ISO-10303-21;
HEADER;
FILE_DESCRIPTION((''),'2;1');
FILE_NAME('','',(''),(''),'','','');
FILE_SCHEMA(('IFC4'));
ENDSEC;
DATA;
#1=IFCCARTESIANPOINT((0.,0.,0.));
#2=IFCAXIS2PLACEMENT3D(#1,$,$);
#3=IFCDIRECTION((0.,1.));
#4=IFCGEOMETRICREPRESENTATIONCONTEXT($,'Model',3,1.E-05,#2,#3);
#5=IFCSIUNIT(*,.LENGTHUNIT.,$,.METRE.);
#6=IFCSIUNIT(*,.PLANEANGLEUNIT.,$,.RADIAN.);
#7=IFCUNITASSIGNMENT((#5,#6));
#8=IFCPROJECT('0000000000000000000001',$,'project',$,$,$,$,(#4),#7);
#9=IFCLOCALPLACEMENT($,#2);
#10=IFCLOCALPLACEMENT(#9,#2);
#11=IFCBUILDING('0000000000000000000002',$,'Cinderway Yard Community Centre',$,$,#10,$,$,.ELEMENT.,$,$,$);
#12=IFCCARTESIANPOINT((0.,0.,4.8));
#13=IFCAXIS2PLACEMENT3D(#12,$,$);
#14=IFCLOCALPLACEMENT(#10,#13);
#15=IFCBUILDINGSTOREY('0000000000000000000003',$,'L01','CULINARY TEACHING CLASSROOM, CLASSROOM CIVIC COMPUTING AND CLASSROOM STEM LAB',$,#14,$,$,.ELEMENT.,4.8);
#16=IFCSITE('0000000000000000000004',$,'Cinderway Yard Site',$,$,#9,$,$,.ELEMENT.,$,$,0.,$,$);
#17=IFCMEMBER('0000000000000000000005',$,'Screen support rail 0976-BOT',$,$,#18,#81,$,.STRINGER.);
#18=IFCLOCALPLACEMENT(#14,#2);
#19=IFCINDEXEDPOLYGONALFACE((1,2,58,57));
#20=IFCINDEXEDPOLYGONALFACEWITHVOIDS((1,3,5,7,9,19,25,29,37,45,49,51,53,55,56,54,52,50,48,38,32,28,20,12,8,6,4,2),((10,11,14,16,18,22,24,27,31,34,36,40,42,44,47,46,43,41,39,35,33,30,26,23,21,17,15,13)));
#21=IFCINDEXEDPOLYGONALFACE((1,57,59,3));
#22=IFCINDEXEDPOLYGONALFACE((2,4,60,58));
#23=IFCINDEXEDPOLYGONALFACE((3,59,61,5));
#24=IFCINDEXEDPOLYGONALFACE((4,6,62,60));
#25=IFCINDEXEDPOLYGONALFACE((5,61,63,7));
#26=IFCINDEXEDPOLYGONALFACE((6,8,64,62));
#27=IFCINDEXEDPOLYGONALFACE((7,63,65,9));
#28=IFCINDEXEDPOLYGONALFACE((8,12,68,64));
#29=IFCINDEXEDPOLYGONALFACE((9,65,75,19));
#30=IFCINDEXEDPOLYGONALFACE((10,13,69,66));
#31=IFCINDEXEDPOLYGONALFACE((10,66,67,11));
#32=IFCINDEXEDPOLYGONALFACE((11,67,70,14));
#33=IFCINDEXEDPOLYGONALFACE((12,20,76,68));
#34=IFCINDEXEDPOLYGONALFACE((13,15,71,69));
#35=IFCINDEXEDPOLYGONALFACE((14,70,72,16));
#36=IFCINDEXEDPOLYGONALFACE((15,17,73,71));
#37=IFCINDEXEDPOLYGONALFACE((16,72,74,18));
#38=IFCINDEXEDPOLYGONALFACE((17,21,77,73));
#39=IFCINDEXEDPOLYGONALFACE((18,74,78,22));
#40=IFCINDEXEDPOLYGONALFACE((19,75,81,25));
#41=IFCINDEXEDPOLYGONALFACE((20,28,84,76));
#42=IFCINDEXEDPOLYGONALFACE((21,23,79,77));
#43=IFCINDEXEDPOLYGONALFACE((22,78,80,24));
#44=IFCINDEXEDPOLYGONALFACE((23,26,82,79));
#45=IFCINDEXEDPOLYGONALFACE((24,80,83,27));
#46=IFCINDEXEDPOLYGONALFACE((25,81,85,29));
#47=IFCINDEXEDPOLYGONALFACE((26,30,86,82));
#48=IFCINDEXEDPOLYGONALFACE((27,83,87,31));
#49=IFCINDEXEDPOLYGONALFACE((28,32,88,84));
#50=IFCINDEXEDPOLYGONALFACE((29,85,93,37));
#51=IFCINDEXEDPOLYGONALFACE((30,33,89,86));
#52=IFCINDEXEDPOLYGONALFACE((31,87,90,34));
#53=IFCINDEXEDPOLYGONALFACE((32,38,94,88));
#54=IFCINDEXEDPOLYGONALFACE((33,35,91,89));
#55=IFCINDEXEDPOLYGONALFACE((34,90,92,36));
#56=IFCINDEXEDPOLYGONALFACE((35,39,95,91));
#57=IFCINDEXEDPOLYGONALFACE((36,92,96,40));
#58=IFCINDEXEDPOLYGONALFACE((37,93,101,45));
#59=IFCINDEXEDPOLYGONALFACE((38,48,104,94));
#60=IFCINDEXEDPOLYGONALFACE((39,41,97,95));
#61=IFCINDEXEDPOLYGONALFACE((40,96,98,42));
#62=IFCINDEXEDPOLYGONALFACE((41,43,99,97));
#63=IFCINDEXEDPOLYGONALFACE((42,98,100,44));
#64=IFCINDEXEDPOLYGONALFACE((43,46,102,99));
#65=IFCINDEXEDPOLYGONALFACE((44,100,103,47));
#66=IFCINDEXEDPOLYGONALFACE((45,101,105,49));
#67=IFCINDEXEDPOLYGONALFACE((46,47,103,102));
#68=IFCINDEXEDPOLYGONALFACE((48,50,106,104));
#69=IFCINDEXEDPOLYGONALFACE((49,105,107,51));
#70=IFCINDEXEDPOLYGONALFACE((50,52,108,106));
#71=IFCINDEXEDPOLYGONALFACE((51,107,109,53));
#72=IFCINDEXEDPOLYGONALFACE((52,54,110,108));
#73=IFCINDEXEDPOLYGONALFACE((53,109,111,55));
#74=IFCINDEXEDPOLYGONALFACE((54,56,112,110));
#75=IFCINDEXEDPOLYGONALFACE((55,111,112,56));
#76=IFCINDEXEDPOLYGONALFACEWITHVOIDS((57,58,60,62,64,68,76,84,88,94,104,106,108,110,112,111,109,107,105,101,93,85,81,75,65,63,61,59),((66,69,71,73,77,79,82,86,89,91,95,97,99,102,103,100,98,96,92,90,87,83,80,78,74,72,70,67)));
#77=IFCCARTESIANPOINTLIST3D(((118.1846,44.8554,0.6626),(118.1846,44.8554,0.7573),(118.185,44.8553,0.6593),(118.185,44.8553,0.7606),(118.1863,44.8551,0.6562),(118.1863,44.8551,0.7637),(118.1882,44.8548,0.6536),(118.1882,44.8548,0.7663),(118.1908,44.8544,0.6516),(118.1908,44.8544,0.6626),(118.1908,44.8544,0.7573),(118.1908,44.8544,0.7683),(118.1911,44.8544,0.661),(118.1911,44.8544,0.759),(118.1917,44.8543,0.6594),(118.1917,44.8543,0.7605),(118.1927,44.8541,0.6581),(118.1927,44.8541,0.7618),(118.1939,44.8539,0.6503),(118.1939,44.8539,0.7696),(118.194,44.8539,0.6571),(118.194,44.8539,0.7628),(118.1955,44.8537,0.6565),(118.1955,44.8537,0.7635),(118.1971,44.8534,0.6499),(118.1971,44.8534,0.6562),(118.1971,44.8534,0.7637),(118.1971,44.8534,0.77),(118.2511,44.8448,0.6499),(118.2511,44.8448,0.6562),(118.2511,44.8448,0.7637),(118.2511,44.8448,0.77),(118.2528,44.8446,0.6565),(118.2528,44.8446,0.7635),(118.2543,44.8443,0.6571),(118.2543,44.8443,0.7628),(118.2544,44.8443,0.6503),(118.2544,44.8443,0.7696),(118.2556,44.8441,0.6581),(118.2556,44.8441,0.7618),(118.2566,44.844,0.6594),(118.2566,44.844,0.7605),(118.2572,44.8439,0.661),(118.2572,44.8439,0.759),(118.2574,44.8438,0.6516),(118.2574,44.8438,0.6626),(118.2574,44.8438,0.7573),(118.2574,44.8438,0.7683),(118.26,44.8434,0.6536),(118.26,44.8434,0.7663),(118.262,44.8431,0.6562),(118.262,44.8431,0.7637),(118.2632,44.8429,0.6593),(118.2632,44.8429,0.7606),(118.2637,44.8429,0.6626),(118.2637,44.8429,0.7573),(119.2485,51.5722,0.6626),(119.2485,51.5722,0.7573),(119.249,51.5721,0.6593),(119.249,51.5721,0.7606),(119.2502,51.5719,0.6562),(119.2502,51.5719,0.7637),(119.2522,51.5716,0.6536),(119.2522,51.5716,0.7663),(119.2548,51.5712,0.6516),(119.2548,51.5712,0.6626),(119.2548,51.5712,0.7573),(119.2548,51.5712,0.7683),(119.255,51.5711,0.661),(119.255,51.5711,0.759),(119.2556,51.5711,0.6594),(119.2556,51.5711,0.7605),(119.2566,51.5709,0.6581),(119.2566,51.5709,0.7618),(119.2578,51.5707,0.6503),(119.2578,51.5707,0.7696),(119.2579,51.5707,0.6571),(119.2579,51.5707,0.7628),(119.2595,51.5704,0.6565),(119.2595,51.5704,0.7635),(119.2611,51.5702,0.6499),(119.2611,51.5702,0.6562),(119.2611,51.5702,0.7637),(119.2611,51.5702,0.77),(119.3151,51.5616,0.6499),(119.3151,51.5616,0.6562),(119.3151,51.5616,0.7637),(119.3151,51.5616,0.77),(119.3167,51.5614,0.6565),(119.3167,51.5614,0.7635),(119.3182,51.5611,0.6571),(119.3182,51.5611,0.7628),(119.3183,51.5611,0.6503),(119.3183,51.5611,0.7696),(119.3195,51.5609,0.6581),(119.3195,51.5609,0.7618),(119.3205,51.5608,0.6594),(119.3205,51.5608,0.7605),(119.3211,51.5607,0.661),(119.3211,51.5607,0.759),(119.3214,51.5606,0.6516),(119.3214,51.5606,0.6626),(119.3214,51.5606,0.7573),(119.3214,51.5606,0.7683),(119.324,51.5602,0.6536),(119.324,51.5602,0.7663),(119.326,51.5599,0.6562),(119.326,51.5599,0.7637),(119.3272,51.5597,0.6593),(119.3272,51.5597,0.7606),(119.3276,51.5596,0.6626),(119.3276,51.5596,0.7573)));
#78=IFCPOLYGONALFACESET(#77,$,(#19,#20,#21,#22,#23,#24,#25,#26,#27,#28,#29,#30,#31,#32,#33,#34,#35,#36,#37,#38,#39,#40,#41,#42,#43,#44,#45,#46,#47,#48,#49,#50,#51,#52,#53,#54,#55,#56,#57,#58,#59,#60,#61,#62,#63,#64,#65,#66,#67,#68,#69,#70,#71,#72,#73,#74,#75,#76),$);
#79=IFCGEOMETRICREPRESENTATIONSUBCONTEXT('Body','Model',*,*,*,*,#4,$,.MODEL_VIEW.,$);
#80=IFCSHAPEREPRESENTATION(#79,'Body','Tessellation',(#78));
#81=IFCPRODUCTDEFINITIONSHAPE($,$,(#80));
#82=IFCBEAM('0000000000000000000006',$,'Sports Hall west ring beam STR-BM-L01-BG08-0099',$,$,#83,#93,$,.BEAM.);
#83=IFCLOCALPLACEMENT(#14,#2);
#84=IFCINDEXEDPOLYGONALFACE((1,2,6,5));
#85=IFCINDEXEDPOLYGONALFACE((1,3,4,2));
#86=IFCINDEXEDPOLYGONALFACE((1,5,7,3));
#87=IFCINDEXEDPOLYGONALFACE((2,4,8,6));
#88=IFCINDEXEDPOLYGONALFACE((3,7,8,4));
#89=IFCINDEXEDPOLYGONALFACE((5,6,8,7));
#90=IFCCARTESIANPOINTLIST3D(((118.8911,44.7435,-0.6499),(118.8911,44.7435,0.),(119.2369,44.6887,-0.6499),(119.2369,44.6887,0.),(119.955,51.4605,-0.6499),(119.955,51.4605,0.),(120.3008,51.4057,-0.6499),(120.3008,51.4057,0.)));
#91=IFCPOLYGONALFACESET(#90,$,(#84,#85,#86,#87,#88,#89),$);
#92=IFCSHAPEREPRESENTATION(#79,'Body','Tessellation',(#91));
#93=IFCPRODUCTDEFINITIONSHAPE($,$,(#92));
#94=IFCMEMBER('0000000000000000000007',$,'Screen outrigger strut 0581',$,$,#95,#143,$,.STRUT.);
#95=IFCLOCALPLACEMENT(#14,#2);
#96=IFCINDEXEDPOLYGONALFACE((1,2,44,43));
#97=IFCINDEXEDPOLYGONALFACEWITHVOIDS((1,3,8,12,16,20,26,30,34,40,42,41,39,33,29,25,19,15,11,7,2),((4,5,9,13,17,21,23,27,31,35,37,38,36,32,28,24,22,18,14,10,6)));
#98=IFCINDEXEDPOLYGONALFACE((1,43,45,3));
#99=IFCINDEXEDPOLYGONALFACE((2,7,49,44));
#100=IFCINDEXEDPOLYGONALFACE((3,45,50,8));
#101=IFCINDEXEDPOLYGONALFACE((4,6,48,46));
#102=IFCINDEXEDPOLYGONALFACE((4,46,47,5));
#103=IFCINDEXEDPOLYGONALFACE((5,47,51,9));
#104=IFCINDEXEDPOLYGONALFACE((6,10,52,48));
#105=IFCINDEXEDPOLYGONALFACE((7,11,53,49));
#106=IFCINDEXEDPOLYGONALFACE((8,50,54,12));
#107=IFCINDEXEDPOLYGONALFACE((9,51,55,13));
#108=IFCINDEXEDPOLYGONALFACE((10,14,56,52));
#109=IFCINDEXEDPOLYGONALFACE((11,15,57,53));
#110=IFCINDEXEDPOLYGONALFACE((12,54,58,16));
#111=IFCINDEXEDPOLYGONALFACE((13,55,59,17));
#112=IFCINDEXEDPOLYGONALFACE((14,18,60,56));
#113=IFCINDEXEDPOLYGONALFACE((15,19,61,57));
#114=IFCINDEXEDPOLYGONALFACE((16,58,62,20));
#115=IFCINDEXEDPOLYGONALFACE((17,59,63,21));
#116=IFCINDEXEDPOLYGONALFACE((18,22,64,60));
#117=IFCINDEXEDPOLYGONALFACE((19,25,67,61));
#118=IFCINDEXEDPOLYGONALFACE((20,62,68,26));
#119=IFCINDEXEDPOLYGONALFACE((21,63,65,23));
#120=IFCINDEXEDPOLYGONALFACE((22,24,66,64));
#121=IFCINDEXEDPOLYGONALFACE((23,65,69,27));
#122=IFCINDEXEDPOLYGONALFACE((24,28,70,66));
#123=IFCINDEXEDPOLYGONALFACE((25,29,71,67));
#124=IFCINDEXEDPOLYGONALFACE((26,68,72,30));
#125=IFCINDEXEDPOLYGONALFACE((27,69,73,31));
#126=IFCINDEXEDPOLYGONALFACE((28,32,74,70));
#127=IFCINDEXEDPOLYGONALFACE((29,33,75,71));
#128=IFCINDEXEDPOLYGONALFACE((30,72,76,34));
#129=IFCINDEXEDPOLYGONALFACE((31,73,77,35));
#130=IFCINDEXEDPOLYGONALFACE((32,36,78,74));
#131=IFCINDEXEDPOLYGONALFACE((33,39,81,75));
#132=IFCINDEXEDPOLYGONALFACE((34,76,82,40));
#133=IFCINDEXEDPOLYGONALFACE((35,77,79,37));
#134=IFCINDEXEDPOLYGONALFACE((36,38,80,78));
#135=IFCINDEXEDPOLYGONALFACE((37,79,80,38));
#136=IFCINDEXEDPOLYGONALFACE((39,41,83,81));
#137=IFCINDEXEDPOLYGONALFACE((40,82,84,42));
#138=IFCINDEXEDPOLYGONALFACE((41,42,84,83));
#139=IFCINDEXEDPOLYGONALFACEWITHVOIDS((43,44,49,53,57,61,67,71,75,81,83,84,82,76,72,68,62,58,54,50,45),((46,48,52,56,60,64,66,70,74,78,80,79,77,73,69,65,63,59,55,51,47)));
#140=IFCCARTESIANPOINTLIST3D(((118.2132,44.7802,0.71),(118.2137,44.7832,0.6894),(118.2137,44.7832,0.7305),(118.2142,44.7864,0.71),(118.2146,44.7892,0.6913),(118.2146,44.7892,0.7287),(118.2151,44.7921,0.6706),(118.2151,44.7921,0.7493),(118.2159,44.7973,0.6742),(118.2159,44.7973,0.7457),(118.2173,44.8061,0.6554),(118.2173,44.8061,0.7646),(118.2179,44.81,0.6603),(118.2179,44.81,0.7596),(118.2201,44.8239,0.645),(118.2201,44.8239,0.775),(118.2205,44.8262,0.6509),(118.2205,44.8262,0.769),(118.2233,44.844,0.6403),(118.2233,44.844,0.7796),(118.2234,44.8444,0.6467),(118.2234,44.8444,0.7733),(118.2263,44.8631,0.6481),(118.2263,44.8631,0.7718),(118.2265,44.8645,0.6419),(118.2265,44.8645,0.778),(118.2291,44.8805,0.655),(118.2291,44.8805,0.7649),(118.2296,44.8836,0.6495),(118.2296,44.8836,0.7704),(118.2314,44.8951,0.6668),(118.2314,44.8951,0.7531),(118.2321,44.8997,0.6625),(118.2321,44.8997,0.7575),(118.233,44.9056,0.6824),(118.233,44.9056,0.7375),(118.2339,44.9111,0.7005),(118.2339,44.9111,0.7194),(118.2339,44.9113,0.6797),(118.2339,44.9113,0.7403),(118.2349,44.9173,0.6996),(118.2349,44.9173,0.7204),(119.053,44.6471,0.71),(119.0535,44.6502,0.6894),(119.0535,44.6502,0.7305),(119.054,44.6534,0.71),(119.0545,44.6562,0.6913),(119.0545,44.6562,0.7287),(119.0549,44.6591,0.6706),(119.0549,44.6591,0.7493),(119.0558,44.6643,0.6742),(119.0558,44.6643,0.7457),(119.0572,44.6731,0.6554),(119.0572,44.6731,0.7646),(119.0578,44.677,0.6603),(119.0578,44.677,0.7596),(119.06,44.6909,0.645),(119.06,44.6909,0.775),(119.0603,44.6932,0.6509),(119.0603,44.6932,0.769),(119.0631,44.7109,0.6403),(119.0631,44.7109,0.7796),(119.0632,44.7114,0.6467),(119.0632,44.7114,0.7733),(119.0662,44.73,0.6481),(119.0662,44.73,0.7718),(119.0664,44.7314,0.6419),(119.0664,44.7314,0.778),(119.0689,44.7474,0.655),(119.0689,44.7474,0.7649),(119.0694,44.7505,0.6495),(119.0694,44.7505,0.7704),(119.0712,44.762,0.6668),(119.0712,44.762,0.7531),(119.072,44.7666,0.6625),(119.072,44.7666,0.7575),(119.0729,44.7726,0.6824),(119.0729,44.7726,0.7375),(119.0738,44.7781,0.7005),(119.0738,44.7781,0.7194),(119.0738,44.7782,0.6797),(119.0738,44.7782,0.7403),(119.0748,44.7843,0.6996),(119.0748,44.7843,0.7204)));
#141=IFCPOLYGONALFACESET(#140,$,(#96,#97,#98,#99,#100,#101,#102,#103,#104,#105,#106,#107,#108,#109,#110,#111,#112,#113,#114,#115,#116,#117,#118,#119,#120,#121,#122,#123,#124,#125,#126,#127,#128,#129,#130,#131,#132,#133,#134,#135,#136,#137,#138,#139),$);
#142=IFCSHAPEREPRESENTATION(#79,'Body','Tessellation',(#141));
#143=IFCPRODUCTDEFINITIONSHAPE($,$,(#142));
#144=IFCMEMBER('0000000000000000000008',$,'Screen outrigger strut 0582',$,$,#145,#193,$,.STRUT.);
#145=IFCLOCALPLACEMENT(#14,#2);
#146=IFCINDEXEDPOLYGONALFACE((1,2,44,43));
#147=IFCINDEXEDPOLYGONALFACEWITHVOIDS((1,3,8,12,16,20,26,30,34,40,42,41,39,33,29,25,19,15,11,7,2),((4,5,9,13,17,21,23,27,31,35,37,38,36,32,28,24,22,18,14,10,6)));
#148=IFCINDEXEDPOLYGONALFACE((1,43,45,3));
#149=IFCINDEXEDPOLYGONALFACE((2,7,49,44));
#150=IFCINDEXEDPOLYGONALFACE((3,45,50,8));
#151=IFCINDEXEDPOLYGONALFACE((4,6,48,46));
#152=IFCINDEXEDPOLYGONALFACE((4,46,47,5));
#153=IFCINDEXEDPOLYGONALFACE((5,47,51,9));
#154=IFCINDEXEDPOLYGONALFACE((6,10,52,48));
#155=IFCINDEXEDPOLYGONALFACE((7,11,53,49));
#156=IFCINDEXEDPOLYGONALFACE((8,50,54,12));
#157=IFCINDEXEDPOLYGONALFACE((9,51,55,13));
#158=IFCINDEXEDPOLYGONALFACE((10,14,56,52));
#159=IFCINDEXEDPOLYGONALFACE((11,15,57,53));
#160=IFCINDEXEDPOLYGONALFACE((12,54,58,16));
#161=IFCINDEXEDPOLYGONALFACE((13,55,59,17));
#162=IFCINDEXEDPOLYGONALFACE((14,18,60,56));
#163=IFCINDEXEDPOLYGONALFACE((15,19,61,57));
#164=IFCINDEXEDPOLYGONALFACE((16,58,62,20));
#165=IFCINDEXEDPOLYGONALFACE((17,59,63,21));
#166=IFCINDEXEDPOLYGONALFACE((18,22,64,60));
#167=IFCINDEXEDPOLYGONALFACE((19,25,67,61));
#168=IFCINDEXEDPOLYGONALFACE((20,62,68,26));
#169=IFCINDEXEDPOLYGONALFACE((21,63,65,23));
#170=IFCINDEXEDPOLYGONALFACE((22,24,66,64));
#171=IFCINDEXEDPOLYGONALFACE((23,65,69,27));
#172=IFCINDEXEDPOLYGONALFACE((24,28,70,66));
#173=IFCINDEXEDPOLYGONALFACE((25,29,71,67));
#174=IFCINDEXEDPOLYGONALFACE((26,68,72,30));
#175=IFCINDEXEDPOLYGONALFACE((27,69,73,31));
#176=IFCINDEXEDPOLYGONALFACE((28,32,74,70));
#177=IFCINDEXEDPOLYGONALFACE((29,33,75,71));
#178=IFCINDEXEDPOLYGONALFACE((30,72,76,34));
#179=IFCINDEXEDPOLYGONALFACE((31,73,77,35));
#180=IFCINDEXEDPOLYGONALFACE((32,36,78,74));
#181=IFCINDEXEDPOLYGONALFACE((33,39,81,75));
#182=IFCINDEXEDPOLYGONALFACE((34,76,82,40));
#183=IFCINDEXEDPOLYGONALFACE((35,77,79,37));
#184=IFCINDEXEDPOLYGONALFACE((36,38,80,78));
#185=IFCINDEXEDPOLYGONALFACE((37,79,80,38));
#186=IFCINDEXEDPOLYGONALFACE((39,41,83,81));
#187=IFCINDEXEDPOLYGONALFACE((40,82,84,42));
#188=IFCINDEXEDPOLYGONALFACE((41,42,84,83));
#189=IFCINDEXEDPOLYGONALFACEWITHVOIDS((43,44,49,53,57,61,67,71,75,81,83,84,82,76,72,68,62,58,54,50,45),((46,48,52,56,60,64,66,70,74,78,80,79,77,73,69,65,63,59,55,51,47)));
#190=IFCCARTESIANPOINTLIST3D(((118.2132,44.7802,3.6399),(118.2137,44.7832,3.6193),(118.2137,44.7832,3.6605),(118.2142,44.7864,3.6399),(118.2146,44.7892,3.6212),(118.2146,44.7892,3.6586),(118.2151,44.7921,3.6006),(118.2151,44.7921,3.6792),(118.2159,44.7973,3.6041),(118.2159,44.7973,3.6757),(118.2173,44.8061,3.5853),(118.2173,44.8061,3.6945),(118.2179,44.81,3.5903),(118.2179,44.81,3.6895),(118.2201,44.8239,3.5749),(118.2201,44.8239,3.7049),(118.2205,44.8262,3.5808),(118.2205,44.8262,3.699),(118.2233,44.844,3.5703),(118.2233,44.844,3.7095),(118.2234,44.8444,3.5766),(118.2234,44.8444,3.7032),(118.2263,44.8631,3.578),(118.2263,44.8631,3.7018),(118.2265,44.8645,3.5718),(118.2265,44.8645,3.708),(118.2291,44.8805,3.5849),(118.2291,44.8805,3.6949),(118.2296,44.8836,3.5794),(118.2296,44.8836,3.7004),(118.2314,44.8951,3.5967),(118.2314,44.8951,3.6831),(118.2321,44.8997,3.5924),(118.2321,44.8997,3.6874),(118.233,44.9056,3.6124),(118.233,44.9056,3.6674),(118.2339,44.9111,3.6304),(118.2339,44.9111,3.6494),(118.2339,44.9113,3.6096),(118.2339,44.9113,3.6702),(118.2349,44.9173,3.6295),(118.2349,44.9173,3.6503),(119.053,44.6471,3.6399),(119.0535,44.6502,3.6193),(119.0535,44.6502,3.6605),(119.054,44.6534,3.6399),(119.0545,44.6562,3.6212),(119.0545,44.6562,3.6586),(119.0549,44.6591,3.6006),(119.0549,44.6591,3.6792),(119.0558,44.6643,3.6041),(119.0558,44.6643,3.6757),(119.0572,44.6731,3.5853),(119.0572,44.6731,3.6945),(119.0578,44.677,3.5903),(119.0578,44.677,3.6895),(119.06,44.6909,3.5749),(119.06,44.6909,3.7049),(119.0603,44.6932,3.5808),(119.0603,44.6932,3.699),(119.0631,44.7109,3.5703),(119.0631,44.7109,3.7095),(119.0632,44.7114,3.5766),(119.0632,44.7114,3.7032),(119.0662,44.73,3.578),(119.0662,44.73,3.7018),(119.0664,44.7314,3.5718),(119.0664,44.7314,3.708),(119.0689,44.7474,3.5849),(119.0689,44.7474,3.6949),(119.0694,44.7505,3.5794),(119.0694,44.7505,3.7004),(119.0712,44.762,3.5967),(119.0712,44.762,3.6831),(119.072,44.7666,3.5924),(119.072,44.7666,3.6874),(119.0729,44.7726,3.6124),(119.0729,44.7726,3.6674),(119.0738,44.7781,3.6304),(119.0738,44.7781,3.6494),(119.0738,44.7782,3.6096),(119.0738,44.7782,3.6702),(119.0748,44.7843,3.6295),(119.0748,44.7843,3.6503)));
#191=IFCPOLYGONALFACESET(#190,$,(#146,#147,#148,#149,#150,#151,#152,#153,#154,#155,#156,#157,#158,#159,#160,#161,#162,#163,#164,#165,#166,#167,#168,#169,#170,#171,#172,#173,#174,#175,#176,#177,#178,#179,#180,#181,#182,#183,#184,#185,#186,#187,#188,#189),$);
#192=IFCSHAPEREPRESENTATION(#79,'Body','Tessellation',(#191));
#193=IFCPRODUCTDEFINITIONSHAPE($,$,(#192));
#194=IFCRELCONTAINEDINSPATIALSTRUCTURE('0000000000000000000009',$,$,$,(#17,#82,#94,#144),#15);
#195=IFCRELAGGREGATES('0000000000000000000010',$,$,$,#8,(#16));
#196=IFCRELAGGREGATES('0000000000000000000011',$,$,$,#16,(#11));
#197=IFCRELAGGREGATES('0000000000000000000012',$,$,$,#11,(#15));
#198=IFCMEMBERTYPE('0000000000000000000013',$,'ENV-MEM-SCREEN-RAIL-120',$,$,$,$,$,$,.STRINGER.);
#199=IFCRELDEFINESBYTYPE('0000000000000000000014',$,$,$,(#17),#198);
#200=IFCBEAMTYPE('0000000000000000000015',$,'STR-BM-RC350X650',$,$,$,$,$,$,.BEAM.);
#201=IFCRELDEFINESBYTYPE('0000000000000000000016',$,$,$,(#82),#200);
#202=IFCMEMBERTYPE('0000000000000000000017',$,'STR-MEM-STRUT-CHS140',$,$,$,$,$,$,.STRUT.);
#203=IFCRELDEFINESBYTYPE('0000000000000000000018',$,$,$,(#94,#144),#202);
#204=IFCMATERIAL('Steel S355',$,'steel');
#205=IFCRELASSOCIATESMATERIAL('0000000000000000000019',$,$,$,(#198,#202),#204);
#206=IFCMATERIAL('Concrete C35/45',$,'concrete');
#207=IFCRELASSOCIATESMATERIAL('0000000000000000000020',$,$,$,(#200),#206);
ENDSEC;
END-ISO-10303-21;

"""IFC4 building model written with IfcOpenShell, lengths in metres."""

from ifc_helpers import new_model, si_unit, direction, frame, origin, origin_2d, place, context, subcontext, project, spatial, rectangle, hollow_rectangle, hollow_circle, extrude, material, material_profile, profile_set, type_object, element, save


model = new_model("IFC4")

# Units and contexts
model_context = context("Model", 3, precision=1e-05, world=origin(), true_north=direction((0.0, 1.0)))
body_context = subcontext(model_context, "Body", "Model", "MODEL_VIEW")
ifc_project = project(units=[si_unit("LENGTHUNIT", "METRE"), si_unit("PLANEANGLEUNIT", "RADIAN")], contexts=[model_context])

# Site, building, storey
site_placement = place(None, origin())
site = spatial("IfcSite", under=ifc_project, at=site_placement, Name="Cinderway Yard Site", CompositionType="ELEMENT", RefElevation=0.0)
building_placement = place(site_placement, origin())
building = spatial("IfcBuilding", under=site, at=building_placement, Name="Cinderway Yard Community Centre", CompositionType="ELEMENT")
storey_placement = place(building_placement, frame((0.0, 0.0, 4.8)))
storey = spatial("IfcBuildingStorey", under=building, at=storey_placement, Name="L01", Description="CULINARY TEACHING CLASSROOM, CLASSROOM CIVIC COMPUTING AND CLASSROOM STEM LAB", CompositionType="ELEMENT", Elevation=4.8)

# Member
ifc_material_1 = material(Name="Steel S355", Category="steel")
ifc_material_profile_1 = material_profile(ifc_material_1, hollow_rectangle(XDim=0.0801, YDim=0.1201, WallThickness=0.0063, InnerFilletRadius=0.0063, OuterFilletRadius=0.0127, at=origin_2d()), Name="Steel S355")
ifc_profile_set_1 = profile_set([ifc_material_profile_1], Name="Steel S355")
member_type_1 = type_object("IfcMemberType", Name="ENV-MEM-SCREEN-RAIL-120", PredefinedType="STRINGER", material=ifc_profile_set_1)
member_1_placement = place(storey_placement, frame((118.2241, 44.8491, 0.71), z_axis=(0.156453, 0.987685, 0.0), x_axis=(-0.987685, 0.156453, 0.0)))
element("IfcMember", 1, at=member_1_placement, inside=storey, type_object=member_type_1, Name="Screen support rail 0976-BOT", PredefinedType="STRINGER", context=body_context, shape_type="SweptSolid", body=[
    extrude(hollow_rectangle(XDim=0.0801, YDim=0.1201, WallThickness=0.0063, InnerFilletRadius=0.0063, OuterFilletRadius=0.0127, at=origin_2d()), origin(), (0.0, 0.0, 1.0), 6.8005),
])

# Beam
ifc_material_2 = material(Name="Concrete C35/45", Category="concrete")
ifc_material_profile_2 = material_profile(ifc_material_2, rectangle(XDim=0.3501, YDim=0.6499, at=origin_2d()), Name="Concrete C35/45")
ifc_profile_set_2 = profile_set([ifc_material_profile_2], Name="Concrete C35/45")
beam_type = type_object("IfcBeamType", Name="STR-BM-RC350X650", PredefinedType="BEAM", material=ifc_profile_set_2)
beam_placement = place(storey_placement, frame((119.064, 44.7161, -0.325), z_axis=(0.156447, 0.987686, 0.0), x_axis=(-0.987686, 0.156447, 0.0)))
element("IfcBeam", 2, at=beam_placement, inside=storey, type_object=beam_type, Name="Sports Hall west ring beam STR-BM-L01-BG08-0099", PredefinedType="BEAM", context=body_context, shape_type="SweptSolid", body=[
    extrude(rectangle(XDim=0.3501, YDim=0.6499, at=origin_2d()), origin(), (0.0, 0.0, 1.0), 6.8008),
])

# Members
ifc_material_profile_3 = material_profile(ifc_material_1, hollow_circle(Radius=0.0698, WallThickness=0.0063, at=origin_2d()), Name="Steel S355")
ifc_profile_set_3 = profile_set([ifc_material_profile_3], Name="Steel S355")
member_type_2 = type_object("IfcMemberType", Name="STR-MEM-STRUT-CHS140", PredefinedType="STRUT", material=ifc_profile_set_3)
for number, where, z_axis, x_axis, name in (
    (3, (119.064, 44.7161, 0.71), (-0.987681, 0.156479, 0.0), (-0.156479, -0.987681, 0.0), "Screen outrigger strut 0581"),
    (4, (119.064, 44.7161, 3.6399), (-0.987681, 0.156479, 0.0), (-0.156479, -0.987681, 0.0), "Screen outrigger strut 0582"),
):
    element("IfcMember", number, at=place(storey_placement, frame(where, z_axis=z_axis, x_axis=x_axis)), inside=storey, type_object=member_type_2, Name=name, PredefinedType="STRUT", context=body_context, shape_type="SweptSolid", body=[
        extrude(hollow_circle(Radius=0.0698, WallThickness=0.0063, at=origin_2d()), origin(), (0.0, 0.0, 1.0), 0.8503),
    ])

save(model, "model.ifc")
